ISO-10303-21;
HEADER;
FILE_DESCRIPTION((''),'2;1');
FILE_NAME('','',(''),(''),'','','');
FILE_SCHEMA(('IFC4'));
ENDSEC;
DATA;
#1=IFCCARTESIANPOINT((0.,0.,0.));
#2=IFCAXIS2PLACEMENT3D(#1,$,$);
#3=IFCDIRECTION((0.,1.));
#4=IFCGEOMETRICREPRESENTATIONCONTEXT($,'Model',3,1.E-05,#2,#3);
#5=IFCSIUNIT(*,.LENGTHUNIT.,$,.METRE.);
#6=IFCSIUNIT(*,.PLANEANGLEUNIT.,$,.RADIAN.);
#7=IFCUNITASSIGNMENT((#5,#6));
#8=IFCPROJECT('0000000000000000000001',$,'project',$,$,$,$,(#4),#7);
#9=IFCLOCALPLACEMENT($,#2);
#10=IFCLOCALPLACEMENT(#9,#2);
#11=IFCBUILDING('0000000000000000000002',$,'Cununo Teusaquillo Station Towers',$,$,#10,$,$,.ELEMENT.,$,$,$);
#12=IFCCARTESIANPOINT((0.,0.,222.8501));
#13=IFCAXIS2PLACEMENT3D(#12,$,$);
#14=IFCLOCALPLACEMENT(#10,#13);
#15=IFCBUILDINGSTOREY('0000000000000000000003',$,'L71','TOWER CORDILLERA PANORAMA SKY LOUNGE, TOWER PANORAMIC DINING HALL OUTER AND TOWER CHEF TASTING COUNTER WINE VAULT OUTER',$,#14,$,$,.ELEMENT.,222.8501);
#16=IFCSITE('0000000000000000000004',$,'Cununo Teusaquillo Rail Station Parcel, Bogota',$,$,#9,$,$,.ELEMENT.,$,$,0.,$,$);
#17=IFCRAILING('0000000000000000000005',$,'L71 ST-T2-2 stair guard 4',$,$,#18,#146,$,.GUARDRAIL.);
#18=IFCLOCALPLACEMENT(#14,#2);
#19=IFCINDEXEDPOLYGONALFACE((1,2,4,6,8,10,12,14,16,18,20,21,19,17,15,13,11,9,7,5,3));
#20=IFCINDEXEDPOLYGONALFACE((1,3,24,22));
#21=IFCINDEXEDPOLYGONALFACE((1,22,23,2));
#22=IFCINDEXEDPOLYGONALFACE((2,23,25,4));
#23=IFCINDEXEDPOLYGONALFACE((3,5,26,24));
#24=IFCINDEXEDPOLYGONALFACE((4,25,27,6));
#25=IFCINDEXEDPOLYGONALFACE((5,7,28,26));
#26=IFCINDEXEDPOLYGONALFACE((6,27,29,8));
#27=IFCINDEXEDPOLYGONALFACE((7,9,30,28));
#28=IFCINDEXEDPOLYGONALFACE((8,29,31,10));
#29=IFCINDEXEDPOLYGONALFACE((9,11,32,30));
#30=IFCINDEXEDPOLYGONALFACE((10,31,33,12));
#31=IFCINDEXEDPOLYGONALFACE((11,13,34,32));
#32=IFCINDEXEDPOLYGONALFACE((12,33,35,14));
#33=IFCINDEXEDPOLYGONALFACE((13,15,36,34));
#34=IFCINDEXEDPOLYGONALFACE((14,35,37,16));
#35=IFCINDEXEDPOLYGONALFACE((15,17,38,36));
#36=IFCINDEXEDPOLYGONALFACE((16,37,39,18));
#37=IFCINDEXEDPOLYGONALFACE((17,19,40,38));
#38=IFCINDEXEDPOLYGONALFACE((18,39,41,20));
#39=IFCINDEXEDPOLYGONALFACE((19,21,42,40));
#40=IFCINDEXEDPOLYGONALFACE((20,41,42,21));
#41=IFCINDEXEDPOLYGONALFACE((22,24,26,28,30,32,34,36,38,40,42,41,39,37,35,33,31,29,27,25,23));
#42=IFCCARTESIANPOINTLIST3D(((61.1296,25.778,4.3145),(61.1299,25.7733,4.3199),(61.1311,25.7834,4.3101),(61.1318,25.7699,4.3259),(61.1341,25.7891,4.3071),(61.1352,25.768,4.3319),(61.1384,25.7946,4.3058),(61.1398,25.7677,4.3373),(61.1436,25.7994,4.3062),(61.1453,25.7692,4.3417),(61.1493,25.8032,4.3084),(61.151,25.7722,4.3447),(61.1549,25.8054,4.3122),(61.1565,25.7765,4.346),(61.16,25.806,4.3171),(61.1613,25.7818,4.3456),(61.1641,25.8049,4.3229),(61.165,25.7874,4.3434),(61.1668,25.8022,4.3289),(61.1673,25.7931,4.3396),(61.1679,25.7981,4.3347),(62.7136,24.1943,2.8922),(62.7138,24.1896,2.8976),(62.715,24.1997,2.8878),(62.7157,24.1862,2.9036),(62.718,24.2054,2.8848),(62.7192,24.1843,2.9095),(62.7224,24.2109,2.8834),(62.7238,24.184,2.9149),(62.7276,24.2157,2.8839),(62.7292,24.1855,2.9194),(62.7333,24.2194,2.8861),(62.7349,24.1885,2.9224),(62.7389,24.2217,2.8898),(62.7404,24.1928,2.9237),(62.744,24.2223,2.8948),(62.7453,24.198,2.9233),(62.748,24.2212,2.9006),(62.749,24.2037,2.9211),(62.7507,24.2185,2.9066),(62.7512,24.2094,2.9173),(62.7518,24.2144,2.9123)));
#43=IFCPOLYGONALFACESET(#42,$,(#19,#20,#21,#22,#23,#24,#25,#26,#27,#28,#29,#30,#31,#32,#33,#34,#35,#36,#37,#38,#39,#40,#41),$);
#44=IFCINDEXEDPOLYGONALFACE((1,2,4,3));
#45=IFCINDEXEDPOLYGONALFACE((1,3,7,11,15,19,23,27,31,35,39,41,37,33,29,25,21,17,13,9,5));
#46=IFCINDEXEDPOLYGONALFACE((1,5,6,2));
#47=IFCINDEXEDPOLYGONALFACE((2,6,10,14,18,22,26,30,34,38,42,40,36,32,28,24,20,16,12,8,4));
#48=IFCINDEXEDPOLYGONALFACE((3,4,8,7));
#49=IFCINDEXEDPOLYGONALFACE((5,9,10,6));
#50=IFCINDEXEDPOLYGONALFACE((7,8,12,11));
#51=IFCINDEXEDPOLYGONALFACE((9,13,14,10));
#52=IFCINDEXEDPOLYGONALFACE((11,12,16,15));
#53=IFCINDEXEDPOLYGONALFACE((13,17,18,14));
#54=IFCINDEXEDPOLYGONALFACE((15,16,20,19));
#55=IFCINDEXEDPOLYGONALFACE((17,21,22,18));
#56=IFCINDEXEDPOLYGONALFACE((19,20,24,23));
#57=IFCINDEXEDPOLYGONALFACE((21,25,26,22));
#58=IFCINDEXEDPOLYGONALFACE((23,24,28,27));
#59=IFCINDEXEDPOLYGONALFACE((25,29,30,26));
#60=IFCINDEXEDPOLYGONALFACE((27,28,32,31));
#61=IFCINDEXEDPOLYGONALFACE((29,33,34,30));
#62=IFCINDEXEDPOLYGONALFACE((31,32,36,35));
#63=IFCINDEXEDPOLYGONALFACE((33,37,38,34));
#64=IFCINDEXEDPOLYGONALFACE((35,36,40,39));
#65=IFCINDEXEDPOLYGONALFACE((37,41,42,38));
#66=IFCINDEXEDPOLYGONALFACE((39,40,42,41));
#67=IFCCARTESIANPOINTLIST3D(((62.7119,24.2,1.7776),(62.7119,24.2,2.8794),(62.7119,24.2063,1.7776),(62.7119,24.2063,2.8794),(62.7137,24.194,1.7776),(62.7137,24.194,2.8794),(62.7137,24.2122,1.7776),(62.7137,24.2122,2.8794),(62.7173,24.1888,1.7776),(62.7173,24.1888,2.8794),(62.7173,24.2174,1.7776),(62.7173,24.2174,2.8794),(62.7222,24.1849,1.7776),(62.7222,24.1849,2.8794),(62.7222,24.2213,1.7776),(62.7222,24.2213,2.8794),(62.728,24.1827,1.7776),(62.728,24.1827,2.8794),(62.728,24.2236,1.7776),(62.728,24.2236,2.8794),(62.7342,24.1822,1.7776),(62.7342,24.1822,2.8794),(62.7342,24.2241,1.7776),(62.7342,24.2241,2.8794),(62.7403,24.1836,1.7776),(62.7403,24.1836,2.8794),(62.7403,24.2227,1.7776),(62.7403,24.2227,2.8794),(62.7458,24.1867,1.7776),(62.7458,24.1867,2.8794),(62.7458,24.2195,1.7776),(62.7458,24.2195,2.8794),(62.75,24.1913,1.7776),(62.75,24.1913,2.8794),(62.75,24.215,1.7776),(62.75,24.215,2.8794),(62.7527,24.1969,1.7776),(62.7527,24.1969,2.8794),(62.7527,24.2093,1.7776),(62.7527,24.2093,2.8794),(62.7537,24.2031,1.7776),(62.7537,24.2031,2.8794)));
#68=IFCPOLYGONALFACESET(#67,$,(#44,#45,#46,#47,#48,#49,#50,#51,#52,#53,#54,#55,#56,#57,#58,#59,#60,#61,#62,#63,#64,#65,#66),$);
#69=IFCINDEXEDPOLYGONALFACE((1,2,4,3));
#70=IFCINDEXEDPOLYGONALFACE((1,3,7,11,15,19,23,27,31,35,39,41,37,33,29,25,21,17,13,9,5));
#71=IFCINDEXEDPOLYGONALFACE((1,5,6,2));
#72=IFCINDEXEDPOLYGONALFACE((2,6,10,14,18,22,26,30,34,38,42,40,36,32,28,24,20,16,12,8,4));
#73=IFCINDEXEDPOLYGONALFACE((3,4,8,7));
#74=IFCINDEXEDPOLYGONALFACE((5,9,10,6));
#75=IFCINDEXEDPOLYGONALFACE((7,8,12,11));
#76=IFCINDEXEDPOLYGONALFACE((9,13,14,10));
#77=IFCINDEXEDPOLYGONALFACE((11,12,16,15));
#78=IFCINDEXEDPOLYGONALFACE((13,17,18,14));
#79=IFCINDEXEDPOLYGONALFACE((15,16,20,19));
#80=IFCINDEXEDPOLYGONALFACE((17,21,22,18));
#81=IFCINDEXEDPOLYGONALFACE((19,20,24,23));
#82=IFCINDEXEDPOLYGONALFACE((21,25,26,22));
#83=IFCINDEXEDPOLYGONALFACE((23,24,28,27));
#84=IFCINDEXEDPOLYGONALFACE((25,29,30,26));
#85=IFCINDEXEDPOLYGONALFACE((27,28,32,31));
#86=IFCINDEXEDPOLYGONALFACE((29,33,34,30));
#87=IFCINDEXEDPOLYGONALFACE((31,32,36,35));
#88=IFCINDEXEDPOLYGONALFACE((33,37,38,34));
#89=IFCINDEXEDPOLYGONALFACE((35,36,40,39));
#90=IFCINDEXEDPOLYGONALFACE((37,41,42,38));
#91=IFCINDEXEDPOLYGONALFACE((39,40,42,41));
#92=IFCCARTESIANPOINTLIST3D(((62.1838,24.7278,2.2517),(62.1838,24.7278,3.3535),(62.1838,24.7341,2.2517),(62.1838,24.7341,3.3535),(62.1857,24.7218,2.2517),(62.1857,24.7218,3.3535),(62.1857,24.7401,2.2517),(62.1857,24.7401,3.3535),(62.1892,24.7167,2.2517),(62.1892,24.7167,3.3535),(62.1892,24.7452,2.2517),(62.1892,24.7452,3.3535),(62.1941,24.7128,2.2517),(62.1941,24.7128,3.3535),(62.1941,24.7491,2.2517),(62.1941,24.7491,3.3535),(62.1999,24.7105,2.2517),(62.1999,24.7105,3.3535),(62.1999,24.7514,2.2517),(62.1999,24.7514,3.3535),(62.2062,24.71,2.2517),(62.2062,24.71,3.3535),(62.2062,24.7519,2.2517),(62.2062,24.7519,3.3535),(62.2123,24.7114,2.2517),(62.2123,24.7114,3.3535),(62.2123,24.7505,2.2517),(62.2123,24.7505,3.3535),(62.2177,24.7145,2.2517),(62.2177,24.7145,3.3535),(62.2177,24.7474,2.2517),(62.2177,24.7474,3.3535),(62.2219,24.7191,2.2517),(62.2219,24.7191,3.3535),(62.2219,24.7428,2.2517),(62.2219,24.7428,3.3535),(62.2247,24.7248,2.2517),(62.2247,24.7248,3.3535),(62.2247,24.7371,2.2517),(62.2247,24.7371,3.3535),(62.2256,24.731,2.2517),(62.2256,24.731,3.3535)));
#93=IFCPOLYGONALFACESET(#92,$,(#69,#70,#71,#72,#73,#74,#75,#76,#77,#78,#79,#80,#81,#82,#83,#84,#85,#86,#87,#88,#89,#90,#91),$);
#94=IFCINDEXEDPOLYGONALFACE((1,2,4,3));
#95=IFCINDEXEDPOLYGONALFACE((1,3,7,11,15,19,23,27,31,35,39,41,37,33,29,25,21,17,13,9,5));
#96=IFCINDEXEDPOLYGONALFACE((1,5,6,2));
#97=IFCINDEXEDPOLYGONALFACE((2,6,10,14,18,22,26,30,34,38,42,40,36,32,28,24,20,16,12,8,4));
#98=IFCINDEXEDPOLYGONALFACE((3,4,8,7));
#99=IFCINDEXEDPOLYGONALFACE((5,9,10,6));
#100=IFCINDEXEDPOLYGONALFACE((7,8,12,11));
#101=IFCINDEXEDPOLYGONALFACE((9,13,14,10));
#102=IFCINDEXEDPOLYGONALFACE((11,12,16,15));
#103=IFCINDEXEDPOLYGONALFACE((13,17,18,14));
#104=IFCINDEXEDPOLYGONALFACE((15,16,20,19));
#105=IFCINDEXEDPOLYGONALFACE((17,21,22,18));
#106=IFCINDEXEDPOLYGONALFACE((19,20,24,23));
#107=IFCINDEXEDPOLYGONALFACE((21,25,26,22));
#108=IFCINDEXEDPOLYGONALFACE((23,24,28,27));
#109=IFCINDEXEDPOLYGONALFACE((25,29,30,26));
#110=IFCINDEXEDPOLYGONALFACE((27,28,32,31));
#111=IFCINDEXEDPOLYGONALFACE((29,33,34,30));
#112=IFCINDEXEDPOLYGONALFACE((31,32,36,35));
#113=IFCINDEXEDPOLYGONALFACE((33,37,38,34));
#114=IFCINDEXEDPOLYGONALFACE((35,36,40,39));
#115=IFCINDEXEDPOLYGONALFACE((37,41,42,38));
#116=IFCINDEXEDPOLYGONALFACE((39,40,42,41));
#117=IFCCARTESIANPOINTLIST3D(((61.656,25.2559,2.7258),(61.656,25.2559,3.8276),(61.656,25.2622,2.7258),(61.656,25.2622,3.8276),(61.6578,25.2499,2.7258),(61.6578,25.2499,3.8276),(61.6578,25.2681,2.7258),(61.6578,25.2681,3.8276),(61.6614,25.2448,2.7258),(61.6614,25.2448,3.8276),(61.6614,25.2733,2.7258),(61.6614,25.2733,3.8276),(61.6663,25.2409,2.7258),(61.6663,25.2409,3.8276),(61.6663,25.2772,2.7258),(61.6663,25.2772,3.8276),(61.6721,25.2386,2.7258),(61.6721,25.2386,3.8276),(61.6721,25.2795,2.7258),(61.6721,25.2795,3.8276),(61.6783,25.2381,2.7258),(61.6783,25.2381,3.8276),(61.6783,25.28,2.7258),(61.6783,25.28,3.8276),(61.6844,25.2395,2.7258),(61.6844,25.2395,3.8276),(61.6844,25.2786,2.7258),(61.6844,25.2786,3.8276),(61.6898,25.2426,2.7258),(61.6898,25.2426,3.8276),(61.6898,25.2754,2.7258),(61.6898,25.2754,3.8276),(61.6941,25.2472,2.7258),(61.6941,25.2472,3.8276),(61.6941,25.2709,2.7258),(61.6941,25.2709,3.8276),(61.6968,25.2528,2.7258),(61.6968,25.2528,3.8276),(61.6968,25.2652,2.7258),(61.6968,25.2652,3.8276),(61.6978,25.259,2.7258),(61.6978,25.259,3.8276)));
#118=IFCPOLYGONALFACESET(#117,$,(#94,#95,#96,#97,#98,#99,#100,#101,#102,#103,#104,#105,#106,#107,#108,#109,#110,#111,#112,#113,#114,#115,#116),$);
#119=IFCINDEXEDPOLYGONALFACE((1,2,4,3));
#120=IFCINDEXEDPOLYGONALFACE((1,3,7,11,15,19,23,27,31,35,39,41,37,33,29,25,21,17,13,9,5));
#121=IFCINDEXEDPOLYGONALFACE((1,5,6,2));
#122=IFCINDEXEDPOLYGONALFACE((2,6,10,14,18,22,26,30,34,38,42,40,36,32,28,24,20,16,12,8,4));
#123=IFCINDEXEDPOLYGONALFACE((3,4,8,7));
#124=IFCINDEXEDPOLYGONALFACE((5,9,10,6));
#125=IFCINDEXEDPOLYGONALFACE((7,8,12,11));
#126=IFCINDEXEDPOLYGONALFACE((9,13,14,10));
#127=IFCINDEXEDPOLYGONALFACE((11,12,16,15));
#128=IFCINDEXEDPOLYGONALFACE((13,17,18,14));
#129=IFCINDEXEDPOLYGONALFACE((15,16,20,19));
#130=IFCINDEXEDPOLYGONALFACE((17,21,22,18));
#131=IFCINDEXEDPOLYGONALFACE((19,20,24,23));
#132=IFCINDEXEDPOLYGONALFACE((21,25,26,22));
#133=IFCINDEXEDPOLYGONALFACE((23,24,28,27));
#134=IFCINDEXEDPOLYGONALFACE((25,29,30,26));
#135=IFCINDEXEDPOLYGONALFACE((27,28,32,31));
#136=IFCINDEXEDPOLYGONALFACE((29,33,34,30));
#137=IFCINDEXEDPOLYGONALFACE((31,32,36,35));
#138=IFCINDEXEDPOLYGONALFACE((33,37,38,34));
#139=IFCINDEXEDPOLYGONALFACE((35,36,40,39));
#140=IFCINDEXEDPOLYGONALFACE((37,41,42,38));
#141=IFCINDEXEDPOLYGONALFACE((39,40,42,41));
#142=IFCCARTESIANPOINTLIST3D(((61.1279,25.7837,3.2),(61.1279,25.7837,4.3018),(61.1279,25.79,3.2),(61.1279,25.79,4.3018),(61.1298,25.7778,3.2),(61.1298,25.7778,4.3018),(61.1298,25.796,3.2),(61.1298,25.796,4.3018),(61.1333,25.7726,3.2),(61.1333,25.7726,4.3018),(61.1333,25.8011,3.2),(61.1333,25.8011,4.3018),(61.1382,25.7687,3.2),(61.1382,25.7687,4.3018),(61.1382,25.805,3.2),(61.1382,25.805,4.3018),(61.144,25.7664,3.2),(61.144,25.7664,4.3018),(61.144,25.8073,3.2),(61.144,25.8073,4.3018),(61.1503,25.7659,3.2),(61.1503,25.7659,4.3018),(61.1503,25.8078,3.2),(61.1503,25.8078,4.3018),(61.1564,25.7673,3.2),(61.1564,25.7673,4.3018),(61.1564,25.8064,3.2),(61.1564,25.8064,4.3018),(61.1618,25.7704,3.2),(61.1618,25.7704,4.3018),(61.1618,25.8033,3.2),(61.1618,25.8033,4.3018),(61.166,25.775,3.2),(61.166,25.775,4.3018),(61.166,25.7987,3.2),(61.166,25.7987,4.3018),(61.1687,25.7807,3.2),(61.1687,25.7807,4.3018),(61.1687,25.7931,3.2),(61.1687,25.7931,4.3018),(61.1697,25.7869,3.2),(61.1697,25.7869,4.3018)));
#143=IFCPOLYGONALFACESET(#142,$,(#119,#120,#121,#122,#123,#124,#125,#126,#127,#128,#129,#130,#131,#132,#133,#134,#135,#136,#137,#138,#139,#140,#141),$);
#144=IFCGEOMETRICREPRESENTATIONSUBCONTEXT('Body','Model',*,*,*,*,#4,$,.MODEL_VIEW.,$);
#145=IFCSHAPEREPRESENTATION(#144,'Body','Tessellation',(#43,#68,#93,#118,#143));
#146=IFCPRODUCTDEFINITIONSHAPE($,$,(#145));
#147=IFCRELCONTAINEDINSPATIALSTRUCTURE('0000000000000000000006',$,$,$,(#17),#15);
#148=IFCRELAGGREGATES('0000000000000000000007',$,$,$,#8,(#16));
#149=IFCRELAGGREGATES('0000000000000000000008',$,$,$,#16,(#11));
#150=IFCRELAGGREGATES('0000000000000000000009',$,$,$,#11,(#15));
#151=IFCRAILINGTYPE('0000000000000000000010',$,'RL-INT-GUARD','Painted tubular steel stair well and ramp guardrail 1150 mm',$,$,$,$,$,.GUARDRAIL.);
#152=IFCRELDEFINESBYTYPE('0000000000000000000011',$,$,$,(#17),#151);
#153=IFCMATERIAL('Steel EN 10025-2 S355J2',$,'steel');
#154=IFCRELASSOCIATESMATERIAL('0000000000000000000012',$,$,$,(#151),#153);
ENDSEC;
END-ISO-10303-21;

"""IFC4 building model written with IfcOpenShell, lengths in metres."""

from ifc_helpers import new_model, si_unit, direction, frame, origin, origin_2d, place, context, subcontext, project, spatial, circle, extrude, material, type_object, element, save


model = new_model("IFC4")

# Units and contexts
model_context = context("Model", 3, precision=1e-05, world=origin(), true_north=direction((0.0, 1.0)))
body_context = subcontext(model_context, "Body", "Model", "MODEL_VIEW")
ifc_project = project(units=[si_unit("LENGTHUNIT", "METRE"), si_unit("PLANEANGLEUNIT", "RADIAN")], contexts=[model_context])

# Site, building, storey
site_placement = place(None, origin())
site = spatial("IfcSite", under=ifc_project, at=site_placement, Name="Cununo Teusaquillo Rail Station Parcel, Bogota", CompositionType="ELEMENT", RefElevation=0.0)
building_placement = place(site_placement, origin())
building = spatial("IfcBuilding", under=site, at=building_placement, Name="Cununo Teusaquillo Station Towers", CompositionType="ELEMENT")
storey_placement = place(building_placement, frame((0.0, 0.0, 222.8501)))
storey = spatial("IfcBuildingStorey", under=building, at=storey_placement, Name="L71", Description="TOWER CORDILLERA PANORAMA SKY LOUNGE, TOWER PANORAMIC DINING HALL OUTER AND TOWER CHEF TASTING COUNTER WINE VAULT OUTER", CompositionType="ELEMENT", Elevation=222.8501)

# Railing
ifc_material_1 = material(Name="Steel EN 10025-2 S355J2", Category="steel")
railing_type_1 = type_object("IfcRailingType", Name="RL-INT-GUARD", Description="Painted tubular steel stair well and ramp guardrail 1150 mm", PredefinedType="GUARDRAIL", material=ifc_material_1)
railing_1_placement = place(storey_placement, frame((62.7327, 24.2031, 1.7776)))
element("IfcRailing", 1, at=railing_1_placement, inside=storey, type_object=railing_type_1, Name="L71 ST-T2-2 stair guard 4", PredefinedType="GUARDRAIL", context=body_context, shape_type="SweptSolid", body=[
    extrude(circle(Radius=0.0239, at=origin_2d()), frame((0.0, 0.0, 1.126), z_axis=(-0.596971, 0.596879, 0.53606), x_axis=(-0.707052, -0.707161, 0.0)), (0.0, 0.0, 1.0), 2.6533),
    extrude(circle(Radius=0.021, at=origin_2d()), origin(), (0.0, 0.0, 1.0), 1.1018),
    extrude(circle(Radius=0.021, at=origin_2d()), frame((-0.5281, 0.5278, 0.4741)), (0.0, 0.0, 1.0), 1.1018),
    extrude(circle(Radius=0.021, at=origin_2d()), frame((-1.0559, 1.0559, 0.9482)), (0.0, 0.0, 1.0), 1.1018),
    extrude(circle(Radius=0.021, at=origin_2d()), frame((-1.584, 1.5837, 1.4224)), (0.0, 0.0, 1.0), 1.1018),
])

save(model, "model.ifc")
